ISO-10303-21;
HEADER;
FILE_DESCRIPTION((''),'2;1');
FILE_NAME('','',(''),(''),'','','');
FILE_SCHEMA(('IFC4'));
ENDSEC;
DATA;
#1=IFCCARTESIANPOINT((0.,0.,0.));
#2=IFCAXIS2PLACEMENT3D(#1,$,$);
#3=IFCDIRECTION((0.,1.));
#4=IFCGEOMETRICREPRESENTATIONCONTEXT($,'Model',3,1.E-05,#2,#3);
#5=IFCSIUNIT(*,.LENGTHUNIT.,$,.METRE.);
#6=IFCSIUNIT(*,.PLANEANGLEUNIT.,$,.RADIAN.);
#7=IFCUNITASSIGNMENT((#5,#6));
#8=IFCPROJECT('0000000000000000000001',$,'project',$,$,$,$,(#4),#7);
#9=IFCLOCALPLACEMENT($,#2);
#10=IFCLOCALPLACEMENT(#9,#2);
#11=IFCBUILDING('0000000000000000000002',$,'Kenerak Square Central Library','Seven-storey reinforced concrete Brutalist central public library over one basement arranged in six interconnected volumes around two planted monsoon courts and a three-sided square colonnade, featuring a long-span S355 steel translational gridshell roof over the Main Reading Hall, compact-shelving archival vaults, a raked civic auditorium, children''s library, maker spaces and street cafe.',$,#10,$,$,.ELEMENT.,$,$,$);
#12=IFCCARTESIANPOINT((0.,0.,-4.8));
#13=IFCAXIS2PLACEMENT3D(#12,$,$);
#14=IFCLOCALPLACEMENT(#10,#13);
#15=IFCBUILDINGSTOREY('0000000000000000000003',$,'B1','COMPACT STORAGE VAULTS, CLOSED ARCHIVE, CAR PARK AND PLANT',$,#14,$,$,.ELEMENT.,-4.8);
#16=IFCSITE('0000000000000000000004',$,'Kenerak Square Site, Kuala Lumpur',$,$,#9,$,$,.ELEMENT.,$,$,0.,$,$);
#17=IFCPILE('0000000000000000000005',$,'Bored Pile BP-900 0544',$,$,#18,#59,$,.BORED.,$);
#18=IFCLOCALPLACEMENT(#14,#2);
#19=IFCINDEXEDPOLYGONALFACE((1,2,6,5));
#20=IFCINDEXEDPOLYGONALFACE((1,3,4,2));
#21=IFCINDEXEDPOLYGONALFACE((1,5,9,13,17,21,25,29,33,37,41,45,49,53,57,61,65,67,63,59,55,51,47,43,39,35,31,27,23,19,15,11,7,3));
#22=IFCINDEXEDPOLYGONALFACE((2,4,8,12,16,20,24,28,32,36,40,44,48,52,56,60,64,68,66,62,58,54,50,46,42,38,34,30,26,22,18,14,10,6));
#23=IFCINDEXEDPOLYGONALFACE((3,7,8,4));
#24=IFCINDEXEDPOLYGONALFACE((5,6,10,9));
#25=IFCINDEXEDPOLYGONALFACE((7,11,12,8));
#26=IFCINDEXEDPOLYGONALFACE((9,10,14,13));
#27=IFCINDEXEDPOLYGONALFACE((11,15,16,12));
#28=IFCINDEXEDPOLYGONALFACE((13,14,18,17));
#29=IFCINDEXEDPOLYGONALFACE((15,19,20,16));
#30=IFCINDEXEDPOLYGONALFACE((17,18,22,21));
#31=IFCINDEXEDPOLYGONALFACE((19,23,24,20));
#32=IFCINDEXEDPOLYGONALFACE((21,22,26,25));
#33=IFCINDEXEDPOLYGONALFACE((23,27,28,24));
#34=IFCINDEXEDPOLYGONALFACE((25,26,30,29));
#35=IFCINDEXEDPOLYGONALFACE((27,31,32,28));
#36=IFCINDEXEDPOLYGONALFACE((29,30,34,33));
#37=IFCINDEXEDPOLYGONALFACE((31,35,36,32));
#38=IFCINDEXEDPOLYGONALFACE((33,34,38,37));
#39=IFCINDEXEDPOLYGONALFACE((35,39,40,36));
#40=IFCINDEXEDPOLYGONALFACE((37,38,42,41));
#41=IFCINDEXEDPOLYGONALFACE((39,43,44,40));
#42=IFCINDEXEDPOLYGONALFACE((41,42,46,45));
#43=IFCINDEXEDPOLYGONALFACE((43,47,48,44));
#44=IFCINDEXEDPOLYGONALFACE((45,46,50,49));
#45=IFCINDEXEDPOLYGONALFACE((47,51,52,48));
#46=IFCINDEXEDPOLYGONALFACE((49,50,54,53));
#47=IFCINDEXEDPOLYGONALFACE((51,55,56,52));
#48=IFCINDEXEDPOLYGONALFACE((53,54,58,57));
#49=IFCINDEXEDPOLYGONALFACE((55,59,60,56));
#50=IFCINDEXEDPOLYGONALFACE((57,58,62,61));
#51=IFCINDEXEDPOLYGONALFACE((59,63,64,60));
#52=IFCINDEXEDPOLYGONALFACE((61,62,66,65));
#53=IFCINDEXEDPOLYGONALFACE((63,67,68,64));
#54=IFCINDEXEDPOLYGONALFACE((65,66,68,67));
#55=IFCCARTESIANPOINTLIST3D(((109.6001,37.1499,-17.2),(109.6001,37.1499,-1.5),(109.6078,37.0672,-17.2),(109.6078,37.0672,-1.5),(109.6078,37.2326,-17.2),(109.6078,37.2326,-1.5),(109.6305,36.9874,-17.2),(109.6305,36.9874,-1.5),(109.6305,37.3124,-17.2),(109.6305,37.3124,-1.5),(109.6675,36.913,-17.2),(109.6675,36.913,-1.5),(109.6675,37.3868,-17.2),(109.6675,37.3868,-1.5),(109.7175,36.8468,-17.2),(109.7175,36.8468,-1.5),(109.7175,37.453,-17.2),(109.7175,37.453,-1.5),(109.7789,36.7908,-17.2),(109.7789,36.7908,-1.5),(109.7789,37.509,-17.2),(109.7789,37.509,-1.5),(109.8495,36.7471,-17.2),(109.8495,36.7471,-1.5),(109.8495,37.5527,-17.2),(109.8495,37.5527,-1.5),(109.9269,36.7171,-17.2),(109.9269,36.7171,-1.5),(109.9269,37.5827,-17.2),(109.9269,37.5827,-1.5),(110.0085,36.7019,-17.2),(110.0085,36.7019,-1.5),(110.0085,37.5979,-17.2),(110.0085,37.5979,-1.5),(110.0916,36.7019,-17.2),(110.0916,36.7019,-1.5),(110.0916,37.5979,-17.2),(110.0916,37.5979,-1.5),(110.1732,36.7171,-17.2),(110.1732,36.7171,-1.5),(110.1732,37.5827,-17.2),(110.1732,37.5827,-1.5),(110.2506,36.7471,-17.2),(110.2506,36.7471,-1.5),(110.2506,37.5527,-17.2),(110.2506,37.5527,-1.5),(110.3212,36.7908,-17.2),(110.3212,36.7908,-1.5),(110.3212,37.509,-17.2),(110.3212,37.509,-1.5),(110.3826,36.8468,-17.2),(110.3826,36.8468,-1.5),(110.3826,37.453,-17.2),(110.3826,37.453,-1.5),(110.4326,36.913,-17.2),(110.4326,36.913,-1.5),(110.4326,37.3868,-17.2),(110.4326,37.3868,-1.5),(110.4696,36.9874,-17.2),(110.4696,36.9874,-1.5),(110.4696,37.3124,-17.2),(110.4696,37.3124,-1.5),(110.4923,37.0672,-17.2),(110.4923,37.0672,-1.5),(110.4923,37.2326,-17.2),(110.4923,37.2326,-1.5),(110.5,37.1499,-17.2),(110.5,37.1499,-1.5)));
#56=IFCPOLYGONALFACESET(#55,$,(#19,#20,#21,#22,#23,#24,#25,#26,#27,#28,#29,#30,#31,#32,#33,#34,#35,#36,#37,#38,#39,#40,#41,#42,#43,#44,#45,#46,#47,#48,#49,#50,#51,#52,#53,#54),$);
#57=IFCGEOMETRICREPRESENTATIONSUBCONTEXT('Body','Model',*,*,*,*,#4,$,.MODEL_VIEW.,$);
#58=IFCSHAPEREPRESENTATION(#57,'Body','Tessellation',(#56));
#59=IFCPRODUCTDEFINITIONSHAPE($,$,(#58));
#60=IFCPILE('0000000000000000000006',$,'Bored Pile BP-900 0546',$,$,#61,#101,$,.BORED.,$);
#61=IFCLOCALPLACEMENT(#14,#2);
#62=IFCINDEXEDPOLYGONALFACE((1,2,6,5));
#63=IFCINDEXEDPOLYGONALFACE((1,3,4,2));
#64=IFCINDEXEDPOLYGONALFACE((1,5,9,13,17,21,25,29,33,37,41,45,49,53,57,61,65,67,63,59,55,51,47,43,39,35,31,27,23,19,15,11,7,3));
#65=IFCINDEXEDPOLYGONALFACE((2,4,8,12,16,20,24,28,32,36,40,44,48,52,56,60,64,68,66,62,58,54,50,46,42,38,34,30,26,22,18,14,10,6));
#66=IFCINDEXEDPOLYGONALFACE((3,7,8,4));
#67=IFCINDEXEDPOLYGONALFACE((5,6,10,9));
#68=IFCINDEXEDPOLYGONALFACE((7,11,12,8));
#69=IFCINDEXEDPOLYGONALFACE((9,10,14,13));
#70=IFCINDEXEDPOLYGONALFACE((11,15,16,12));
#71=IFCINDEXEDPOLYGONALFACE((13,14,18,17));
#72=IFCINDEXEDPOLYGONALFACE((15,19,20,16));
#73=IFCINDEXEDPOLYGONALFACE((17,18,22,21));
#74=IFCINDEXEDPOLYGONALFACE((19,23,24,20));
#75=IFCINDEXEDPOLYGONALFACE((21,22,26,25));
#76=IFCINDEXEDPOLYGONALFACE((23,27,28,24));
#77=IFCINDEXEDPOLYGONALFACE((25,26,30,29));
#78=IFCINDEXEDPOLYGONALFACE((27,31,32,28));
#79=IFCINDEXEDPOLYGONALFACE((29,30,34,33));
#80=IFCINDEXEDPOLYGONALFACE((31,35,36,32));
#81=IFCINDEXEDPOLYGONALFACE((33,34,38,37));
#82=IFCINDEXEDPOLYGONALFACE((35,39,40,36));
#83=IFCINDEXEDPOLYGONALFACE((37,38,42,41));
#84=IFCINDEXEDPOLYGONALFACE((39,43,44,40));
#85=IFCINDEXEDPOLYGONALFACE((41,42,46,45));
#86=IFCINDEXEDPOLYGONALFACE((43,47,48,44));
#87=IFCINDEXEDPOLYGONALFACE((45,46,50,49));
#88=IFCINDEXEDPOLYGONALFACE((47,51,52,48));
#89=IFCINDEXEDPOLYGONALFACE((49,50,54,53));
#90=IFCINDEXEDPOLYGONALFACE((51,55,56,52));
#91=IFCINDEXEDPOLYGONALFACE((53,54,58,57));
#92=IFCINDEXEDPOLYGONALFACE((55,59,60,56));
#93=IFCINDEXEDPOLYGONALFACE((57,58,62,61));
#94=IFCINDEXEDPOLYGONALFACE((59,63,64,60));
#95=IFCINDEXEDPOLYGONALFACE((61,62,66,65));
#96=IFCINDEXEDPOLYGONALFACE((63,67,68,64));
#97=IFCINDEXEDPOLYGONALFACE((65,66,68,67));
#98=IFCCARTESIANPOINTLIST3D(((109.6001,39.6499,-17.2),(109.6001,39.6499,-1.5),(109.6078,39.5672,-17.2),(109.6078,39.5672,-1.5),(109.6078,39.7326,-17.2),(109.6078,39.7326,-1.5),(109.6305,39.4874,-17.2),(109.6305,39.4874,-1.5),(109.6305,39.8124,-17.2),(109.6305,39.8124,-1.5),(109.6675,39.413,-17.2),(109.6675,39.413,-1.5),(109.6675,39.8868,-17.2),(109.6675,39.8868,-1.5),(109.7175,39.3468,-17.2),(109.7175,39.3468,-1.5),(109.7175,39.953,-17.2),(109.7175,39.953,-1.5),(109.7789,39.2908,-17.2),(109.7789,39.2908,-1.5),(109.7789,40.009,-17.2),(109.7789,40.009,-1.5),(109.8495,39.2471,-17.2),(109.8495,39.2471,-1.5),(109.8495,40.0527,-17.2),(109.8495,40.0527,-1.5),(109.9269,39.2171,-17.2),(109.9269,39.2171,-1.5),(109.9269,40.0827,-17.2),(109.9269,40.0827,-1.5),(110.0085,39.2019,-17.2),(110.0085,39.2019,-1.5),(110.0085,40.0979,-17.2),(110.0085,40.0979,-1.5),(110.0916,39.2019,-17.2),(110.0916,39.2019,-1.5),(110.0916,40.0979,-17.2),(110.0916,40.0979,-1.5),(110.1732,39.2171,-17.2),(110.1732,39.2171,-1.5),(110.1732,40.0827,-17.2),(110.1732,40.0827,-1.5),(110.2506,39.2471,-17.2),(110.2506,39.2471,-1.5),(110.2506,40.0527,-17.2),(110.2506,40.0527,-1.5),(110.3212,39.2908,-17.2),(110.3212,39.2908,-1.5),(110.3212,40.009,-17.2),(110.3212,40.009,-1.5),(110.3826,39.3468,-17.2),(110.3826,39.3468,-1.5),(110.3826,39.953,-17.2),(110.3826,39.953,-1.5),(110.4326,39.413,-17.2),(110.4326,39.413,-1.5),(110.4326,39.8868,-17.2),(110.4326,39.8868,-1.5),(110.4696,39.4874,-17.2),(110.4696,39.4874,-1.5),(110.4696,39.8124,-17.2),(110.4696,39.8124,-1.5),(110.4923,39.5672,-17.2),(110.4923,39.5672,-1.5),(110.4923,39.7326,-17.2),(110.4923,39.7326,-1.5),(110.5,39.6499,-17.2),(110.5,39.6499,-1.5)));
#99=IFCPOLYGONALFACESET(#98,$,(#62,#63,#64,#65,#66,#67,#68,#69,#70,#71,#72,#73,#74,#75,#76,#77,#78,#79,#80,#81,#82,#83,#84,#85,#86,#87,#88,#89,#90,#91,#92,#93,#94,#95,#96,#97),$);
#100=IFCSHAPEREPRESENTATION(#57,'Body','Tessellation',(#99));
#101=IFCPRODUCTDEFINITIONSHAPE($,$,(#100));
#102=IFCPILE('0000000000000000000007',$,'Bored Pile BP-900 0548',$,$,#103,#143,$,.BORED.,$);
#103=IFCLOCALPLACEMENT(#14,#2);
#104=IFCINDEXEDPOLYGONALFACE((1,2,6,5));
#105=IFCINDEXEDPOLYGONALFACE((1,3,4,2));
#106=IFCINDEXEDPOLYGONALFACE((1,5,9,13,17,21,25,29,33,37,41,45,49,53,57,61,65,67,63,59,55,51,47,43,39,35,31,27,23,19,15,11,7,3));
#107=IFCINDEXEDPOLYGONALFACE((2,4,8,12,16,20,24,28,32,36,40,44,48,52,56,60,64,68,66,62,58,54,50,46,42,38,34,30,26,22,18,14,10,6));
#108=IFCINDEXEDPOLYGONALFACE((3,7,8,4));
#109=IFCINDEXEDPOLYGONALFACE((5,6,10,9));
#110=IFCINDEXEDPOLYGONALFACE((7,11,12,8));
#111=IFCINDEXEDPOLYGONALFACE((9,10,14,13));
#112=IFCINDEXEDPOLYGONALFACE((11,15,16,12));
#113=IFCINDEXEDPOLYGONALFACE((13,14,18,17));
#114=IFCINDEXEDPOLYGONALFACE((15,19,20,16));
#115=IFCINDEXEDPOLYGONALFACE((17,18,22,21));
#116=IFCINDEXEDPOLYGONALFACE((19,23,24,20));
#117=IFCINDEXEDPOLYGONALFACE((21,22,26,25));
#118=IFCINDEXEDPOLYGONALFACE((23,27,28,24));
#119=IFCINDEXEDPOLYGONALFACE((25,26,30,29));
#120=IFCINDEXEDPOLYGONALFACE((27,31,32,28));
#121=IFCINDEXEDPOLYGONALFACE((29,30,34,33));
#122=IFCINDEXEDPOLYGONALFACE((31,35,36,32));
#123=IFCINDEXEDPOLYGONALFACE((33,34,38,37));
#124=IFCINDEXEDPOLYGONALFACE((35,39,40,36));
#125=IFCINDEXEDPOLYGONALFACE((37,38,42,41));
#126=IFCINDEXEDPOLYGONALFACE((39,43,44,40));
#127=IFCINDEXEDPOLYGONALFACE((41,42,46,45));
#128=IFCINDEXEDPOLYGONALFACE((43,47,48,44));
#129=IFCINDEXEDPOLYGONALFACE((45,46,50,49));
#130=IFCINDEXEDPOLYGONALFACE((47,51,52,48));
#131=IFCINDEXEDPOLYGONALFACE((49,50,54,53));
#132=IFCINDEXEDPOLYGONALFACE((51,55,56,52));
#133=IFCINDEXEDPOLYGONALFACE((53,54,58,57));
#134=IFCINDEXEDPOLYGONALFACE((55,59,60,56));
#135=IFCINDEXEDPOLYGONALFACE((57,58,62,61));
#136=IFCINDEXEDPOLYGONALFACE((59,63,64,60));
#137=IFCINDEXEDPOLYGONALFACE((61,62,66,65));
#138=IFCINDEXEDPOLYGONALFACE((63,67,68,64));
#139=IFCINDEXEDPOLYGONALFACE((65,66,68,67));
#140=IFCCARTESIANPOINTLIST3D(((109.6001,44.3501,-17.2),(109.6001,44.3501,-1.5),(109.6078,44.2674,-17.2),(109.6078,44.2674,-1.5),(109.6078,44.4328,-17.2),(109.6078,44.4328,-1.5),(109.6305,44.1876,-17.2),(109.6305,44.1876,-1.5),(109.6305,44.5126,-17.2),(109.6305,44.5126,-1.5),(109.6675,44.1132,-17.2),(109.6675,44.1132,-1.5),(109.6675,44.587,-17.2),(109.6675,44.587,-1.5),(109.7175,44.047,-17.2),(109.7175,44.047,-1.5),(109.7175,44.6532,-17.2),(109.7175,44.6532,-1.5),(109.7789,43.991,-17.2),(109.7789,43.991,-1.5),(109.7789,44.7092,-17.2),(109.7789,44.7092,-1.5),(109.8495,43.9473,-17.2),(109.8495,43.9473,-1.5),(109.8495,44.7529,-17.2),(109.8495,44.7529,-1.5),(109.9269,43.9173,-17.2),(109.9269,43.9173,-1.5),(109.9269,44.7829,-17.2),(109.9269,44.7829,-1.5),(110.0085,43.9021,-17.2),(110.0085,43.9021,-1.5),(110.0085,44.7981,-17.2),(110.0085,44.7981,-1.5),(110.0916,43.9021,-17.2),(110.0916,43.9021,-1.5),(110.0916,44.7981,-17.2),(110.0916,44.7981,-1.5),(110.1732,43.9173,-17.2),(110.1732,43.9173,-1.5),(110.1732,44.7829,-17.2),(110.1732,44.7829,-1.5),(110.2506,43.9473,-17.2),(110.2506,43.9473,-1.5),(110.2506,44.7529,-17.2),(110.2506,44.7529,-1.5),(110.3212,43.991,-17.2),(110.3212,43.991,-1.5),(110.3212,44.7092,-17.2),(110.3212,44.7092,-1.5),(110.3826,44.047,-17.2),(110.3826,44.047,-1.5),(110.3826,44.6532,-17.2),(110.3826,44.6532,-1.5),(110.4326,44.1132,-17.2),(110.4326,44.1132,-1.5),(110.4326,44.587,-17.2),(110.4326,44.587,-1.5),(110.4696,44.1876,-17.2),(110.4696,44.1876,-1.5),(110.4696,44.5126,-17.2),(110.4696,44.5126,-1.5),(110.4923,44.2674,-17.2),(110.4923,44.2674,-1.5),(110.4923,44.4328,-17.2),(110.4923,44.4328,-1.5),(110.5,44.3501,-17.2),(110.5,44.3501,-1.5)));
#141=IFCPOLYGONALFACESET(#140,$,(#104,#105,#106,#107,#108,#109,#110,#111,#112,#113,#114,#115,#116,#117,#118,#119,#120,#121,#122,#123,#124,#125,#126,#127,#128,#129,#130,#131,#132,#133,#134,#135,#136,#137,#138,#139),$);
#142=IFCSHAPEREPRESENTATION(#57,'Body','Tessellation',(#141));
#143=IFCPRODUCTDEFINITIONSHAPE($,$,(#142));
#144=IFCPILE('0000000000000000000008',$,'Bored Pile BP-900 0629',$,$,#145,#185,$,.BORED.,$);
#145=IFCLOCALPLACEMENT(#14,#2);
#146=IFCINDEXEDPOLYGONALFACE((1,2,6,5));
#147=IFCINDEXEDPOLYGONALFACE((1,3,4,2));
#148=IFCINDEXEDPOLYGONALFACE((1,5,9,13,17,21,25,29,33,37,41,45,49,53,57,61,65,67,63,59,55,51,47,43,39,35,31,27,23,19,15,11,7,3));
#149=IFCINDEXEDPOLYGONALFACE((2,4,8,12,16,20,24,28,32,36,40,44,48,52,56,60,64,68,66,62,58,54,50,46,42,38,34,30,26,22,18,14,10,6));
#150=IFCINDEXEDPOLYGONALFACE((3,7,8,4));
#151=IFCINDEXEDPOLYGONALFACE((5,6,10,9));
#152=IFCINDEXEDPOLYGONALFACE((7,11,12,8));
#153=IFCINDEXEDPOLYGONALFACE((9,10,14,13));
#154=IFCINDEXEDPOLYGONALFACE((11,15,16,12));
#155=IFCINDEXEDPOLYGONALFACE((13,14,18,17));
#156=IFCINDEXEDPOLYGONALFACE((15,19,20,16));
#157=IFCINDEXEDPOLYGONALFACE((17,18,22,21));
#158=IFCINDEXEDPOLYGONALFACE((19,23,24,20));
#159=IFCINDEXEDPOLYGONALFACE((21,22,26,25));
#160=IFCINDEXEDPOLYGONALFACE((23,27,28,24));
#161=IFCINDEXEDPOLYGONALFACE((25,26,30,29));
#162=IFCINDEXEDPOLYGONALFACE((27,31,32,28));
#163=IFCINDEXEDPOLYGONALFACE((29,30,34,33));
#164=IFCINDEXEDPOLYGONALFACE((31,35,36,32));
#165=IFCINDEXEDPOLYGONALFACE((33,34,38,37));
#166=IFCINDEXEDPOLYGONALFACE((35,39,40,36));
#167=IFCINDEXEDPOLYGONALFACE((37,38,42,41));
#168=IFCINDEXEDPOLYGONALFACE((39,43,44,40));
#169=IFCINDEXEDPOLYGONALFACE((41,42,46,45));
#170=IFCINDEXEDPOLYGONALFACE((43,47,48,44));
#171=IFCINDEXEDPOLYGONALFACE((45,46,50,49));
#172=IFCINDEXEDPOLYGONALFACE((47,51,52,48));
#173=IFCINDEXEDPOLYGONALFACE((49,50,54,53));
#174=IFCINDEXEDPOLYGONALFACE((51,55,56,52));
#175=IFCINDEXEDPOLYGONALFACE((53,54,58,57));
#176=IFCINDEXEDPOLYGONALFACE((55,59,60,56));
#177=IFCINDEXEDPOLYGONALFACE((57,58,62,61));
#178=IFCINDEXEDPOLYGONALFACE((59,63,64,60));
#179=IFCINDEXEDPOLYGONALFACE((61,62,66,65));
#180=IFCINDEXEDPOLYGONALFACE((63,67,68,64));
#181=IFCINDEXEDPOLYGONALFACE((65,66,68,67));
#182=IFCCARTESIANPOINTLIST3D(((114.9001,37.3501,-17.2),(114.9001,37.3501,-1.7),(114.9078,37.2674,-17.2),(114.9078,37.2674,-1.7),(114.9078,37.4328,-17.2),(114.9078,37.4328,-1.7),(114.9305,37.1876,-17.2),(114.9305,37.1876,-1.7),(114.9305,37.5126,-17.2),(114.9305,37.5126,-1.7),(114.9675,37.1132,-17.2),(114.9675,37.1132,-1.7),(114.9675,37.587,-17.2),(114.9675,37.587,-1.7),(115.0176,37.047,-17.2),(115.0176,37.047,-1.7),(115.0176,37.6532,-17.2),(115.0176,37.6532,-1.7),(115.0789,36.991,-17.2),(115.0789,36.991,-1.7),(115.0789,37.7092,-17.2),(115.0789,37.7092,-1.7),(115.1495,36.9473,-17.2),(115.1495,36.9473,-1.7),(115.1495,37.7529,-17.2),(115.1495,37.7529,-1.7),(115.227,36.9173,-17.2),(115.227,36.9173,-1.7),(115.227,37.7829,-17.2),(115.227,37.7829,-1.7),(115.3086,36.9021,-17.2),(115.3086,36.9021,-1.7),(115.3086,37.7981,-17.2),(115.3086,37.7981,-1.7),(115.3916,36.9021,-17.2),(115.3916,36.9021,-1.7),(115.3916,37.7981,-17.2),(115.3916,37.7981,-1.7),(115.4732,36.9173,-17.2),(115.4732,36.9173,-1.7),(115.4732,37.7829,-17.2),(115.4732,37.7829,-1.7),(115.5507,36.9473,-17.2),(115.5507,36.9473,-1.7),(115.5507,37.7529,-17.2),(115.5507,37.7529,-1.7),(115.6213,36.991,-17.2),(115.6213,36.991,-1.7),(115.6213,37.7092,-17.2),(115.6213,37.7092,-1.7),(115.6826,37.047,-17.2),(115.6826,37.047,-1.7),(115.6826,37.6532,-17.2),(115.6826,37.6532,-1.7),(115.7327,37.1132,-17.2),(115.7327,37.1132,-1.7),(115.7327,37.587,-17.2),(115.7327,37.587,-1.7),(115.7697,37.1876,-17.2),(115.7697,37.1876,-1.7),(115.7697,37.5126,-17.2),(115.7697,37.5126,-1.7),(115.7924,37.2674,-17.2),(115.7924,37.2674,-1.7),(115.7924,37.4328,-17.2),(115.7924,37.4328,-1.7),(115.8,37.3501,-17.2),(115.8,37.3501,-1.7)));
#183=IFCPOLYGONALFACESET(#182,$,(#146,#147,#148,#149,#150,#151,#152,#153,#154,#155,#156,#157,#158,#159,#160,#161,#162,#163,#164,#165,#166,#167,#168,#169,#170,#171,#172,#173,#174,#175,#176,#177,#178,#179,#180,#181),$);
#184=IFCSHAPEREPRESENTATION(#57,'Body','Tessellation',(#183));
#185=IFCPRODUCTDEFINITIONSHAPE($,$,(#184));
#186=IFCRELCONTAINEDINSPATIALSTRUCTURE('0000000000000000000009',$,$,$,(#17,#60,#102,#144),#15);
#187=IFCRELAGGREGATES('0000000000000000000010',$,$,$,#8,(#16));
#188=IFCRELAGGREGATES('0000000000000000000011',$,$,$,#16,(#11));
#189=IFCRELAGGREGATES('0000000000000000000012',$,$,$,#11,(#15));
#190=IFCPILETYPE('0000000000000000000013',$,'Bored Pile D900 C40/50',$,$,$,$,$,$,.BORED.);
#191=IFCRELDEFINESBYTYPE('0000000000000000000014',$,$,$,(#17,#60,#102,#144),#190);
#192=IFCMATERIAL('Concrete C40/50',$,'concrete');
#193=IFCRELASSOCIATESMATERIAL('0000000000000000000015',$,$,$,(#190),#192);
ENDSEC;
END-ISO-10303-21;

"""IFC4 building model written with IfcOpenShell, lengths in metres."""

from ifc_helpers import new_model, si_unit, direction, frame, origin, origin_2d, place, context, subcontext, project, spatial, circle, extrude, material, material_profile, profile_set, type_object, element, save


model = new_model("IFC4")

# Units and contexts
model_context = context("Model", 3, precision=1e-05, world=origin(), true_north=direction((0.0, 1.0)))
body_context = subcontext(model_context, "Body", "Model", "MODEL_VIEW")
ifc_project = project(units=[si_unit("LENGTHUNIT", "METRE"), si_unit("PLANEANGLEUNIT", "RADIAN")], contexts=[model_context])

# Site, building, storey
site_placement = place(None, origin())
site = spatial("IfcSite", under=ifc_project, at=site_placement, Name="Kenerak Square Site, Kuala Lumpur", CompositionType="ELEMENT", RefElevation=0.0)
building_placement = place(site_placement, origin())
building = spatial("IfcBuilding", under=site, at=building_placement, Name="Kenerak Square Central Library", Description="Seven-storey reinforced concrete Brutalist central public library over one basement arranged in six interconnected volumes around two planted monsoon courts and a three-sided square colonnade, featuring a long-span S355 steel translational gridshell roof over the Main Reading Hall, compact-shelving archival vaults, a raked civic auditorium, children's library, maker spaces and street cafe.", CompositionType="ELEMENT")
storey_placement = place(building_placement, frame((0.0, 0.0, -4.8)))
storey = spatial("IfcBuildingStorey", under=building, at=storey_placement, Name="B1", Description="COMPACT STORAGE VAULTS, CLOSED ARCHIVE, CAR PARK AND PLANT", CompositionType="ELEMENT", Elevation=-4.8)

# Piles
ifc_material_1 = material(Name="Concrete C40/50", Category="concrete")
ifc_material_profile_1 = material_profile(ifc_material_1, circle(Radius=0.45, at=origin_2d()), Name="BP D900")
ifc_profile_set_1 = profile_set([ifc_material_profile_1], Name="Concrete C40/50")
pile_type_1 = type_object("IfcPileType", Name="Bored Pile D900 C40/50", PredefinedType="BORED", material=ifc_profile_set_1)
for number, where, z_axis, x_axis, name in (
    (1, (110.05, 37.1499, -1.5), (0.0, 0.0, -1.0), (1.0, 0.0, 0.0), "Bored Pile BP-900 0544"),
    (2, (110.05, 39.6499, -1.5), (0.0, 0.0, -1.0), (1.0, 0.0, 0.0), "Bored Pile BP-900 0546"),
    (3, (110.05, 44.3501, -1.5), (0.0, 0.0, -1.0), (1.0, 0.0, 0.0), "Bored Pile BP-900 0548"),
):
    element("IfcPile", number, at=place(storey_placement, frame(where, z_axis=z_axis, x_axis=x_axis)), inside=storey, type_object=pile_type_1, Name=name, PredefinedType="BORED", context=body_context, shape_type="SweptSolid", body=[
        extrude(circle(Radius=0.45, at=origin_2d()), origin(), (0.0, 0.0, 1.0), 15.7),
    ])
for number, where, z_axis, x_axis, name in (
    (4, (115.3501, 37.3501, -1.7), (0.0, 0.0, -1.0), (1.0, 0.0, 0.0), "Bored Pile BP-900 0629"),
):
    element("IfcPile", number, at=place(storey_placement, frame(where, z_axis=z_axis, x_axis=x_axis)), inside=storey, type_object=pile_type_1, Name=name, PredefinedType="BORED", context=body_context, shape_type="SweptSolid", body=[
        extrude(circle(Radius=0.45, at=origin_2d()), origin(), (0.0, 0.0, 1.0), 15.5),
    ])

save(model, "model.ifc")
